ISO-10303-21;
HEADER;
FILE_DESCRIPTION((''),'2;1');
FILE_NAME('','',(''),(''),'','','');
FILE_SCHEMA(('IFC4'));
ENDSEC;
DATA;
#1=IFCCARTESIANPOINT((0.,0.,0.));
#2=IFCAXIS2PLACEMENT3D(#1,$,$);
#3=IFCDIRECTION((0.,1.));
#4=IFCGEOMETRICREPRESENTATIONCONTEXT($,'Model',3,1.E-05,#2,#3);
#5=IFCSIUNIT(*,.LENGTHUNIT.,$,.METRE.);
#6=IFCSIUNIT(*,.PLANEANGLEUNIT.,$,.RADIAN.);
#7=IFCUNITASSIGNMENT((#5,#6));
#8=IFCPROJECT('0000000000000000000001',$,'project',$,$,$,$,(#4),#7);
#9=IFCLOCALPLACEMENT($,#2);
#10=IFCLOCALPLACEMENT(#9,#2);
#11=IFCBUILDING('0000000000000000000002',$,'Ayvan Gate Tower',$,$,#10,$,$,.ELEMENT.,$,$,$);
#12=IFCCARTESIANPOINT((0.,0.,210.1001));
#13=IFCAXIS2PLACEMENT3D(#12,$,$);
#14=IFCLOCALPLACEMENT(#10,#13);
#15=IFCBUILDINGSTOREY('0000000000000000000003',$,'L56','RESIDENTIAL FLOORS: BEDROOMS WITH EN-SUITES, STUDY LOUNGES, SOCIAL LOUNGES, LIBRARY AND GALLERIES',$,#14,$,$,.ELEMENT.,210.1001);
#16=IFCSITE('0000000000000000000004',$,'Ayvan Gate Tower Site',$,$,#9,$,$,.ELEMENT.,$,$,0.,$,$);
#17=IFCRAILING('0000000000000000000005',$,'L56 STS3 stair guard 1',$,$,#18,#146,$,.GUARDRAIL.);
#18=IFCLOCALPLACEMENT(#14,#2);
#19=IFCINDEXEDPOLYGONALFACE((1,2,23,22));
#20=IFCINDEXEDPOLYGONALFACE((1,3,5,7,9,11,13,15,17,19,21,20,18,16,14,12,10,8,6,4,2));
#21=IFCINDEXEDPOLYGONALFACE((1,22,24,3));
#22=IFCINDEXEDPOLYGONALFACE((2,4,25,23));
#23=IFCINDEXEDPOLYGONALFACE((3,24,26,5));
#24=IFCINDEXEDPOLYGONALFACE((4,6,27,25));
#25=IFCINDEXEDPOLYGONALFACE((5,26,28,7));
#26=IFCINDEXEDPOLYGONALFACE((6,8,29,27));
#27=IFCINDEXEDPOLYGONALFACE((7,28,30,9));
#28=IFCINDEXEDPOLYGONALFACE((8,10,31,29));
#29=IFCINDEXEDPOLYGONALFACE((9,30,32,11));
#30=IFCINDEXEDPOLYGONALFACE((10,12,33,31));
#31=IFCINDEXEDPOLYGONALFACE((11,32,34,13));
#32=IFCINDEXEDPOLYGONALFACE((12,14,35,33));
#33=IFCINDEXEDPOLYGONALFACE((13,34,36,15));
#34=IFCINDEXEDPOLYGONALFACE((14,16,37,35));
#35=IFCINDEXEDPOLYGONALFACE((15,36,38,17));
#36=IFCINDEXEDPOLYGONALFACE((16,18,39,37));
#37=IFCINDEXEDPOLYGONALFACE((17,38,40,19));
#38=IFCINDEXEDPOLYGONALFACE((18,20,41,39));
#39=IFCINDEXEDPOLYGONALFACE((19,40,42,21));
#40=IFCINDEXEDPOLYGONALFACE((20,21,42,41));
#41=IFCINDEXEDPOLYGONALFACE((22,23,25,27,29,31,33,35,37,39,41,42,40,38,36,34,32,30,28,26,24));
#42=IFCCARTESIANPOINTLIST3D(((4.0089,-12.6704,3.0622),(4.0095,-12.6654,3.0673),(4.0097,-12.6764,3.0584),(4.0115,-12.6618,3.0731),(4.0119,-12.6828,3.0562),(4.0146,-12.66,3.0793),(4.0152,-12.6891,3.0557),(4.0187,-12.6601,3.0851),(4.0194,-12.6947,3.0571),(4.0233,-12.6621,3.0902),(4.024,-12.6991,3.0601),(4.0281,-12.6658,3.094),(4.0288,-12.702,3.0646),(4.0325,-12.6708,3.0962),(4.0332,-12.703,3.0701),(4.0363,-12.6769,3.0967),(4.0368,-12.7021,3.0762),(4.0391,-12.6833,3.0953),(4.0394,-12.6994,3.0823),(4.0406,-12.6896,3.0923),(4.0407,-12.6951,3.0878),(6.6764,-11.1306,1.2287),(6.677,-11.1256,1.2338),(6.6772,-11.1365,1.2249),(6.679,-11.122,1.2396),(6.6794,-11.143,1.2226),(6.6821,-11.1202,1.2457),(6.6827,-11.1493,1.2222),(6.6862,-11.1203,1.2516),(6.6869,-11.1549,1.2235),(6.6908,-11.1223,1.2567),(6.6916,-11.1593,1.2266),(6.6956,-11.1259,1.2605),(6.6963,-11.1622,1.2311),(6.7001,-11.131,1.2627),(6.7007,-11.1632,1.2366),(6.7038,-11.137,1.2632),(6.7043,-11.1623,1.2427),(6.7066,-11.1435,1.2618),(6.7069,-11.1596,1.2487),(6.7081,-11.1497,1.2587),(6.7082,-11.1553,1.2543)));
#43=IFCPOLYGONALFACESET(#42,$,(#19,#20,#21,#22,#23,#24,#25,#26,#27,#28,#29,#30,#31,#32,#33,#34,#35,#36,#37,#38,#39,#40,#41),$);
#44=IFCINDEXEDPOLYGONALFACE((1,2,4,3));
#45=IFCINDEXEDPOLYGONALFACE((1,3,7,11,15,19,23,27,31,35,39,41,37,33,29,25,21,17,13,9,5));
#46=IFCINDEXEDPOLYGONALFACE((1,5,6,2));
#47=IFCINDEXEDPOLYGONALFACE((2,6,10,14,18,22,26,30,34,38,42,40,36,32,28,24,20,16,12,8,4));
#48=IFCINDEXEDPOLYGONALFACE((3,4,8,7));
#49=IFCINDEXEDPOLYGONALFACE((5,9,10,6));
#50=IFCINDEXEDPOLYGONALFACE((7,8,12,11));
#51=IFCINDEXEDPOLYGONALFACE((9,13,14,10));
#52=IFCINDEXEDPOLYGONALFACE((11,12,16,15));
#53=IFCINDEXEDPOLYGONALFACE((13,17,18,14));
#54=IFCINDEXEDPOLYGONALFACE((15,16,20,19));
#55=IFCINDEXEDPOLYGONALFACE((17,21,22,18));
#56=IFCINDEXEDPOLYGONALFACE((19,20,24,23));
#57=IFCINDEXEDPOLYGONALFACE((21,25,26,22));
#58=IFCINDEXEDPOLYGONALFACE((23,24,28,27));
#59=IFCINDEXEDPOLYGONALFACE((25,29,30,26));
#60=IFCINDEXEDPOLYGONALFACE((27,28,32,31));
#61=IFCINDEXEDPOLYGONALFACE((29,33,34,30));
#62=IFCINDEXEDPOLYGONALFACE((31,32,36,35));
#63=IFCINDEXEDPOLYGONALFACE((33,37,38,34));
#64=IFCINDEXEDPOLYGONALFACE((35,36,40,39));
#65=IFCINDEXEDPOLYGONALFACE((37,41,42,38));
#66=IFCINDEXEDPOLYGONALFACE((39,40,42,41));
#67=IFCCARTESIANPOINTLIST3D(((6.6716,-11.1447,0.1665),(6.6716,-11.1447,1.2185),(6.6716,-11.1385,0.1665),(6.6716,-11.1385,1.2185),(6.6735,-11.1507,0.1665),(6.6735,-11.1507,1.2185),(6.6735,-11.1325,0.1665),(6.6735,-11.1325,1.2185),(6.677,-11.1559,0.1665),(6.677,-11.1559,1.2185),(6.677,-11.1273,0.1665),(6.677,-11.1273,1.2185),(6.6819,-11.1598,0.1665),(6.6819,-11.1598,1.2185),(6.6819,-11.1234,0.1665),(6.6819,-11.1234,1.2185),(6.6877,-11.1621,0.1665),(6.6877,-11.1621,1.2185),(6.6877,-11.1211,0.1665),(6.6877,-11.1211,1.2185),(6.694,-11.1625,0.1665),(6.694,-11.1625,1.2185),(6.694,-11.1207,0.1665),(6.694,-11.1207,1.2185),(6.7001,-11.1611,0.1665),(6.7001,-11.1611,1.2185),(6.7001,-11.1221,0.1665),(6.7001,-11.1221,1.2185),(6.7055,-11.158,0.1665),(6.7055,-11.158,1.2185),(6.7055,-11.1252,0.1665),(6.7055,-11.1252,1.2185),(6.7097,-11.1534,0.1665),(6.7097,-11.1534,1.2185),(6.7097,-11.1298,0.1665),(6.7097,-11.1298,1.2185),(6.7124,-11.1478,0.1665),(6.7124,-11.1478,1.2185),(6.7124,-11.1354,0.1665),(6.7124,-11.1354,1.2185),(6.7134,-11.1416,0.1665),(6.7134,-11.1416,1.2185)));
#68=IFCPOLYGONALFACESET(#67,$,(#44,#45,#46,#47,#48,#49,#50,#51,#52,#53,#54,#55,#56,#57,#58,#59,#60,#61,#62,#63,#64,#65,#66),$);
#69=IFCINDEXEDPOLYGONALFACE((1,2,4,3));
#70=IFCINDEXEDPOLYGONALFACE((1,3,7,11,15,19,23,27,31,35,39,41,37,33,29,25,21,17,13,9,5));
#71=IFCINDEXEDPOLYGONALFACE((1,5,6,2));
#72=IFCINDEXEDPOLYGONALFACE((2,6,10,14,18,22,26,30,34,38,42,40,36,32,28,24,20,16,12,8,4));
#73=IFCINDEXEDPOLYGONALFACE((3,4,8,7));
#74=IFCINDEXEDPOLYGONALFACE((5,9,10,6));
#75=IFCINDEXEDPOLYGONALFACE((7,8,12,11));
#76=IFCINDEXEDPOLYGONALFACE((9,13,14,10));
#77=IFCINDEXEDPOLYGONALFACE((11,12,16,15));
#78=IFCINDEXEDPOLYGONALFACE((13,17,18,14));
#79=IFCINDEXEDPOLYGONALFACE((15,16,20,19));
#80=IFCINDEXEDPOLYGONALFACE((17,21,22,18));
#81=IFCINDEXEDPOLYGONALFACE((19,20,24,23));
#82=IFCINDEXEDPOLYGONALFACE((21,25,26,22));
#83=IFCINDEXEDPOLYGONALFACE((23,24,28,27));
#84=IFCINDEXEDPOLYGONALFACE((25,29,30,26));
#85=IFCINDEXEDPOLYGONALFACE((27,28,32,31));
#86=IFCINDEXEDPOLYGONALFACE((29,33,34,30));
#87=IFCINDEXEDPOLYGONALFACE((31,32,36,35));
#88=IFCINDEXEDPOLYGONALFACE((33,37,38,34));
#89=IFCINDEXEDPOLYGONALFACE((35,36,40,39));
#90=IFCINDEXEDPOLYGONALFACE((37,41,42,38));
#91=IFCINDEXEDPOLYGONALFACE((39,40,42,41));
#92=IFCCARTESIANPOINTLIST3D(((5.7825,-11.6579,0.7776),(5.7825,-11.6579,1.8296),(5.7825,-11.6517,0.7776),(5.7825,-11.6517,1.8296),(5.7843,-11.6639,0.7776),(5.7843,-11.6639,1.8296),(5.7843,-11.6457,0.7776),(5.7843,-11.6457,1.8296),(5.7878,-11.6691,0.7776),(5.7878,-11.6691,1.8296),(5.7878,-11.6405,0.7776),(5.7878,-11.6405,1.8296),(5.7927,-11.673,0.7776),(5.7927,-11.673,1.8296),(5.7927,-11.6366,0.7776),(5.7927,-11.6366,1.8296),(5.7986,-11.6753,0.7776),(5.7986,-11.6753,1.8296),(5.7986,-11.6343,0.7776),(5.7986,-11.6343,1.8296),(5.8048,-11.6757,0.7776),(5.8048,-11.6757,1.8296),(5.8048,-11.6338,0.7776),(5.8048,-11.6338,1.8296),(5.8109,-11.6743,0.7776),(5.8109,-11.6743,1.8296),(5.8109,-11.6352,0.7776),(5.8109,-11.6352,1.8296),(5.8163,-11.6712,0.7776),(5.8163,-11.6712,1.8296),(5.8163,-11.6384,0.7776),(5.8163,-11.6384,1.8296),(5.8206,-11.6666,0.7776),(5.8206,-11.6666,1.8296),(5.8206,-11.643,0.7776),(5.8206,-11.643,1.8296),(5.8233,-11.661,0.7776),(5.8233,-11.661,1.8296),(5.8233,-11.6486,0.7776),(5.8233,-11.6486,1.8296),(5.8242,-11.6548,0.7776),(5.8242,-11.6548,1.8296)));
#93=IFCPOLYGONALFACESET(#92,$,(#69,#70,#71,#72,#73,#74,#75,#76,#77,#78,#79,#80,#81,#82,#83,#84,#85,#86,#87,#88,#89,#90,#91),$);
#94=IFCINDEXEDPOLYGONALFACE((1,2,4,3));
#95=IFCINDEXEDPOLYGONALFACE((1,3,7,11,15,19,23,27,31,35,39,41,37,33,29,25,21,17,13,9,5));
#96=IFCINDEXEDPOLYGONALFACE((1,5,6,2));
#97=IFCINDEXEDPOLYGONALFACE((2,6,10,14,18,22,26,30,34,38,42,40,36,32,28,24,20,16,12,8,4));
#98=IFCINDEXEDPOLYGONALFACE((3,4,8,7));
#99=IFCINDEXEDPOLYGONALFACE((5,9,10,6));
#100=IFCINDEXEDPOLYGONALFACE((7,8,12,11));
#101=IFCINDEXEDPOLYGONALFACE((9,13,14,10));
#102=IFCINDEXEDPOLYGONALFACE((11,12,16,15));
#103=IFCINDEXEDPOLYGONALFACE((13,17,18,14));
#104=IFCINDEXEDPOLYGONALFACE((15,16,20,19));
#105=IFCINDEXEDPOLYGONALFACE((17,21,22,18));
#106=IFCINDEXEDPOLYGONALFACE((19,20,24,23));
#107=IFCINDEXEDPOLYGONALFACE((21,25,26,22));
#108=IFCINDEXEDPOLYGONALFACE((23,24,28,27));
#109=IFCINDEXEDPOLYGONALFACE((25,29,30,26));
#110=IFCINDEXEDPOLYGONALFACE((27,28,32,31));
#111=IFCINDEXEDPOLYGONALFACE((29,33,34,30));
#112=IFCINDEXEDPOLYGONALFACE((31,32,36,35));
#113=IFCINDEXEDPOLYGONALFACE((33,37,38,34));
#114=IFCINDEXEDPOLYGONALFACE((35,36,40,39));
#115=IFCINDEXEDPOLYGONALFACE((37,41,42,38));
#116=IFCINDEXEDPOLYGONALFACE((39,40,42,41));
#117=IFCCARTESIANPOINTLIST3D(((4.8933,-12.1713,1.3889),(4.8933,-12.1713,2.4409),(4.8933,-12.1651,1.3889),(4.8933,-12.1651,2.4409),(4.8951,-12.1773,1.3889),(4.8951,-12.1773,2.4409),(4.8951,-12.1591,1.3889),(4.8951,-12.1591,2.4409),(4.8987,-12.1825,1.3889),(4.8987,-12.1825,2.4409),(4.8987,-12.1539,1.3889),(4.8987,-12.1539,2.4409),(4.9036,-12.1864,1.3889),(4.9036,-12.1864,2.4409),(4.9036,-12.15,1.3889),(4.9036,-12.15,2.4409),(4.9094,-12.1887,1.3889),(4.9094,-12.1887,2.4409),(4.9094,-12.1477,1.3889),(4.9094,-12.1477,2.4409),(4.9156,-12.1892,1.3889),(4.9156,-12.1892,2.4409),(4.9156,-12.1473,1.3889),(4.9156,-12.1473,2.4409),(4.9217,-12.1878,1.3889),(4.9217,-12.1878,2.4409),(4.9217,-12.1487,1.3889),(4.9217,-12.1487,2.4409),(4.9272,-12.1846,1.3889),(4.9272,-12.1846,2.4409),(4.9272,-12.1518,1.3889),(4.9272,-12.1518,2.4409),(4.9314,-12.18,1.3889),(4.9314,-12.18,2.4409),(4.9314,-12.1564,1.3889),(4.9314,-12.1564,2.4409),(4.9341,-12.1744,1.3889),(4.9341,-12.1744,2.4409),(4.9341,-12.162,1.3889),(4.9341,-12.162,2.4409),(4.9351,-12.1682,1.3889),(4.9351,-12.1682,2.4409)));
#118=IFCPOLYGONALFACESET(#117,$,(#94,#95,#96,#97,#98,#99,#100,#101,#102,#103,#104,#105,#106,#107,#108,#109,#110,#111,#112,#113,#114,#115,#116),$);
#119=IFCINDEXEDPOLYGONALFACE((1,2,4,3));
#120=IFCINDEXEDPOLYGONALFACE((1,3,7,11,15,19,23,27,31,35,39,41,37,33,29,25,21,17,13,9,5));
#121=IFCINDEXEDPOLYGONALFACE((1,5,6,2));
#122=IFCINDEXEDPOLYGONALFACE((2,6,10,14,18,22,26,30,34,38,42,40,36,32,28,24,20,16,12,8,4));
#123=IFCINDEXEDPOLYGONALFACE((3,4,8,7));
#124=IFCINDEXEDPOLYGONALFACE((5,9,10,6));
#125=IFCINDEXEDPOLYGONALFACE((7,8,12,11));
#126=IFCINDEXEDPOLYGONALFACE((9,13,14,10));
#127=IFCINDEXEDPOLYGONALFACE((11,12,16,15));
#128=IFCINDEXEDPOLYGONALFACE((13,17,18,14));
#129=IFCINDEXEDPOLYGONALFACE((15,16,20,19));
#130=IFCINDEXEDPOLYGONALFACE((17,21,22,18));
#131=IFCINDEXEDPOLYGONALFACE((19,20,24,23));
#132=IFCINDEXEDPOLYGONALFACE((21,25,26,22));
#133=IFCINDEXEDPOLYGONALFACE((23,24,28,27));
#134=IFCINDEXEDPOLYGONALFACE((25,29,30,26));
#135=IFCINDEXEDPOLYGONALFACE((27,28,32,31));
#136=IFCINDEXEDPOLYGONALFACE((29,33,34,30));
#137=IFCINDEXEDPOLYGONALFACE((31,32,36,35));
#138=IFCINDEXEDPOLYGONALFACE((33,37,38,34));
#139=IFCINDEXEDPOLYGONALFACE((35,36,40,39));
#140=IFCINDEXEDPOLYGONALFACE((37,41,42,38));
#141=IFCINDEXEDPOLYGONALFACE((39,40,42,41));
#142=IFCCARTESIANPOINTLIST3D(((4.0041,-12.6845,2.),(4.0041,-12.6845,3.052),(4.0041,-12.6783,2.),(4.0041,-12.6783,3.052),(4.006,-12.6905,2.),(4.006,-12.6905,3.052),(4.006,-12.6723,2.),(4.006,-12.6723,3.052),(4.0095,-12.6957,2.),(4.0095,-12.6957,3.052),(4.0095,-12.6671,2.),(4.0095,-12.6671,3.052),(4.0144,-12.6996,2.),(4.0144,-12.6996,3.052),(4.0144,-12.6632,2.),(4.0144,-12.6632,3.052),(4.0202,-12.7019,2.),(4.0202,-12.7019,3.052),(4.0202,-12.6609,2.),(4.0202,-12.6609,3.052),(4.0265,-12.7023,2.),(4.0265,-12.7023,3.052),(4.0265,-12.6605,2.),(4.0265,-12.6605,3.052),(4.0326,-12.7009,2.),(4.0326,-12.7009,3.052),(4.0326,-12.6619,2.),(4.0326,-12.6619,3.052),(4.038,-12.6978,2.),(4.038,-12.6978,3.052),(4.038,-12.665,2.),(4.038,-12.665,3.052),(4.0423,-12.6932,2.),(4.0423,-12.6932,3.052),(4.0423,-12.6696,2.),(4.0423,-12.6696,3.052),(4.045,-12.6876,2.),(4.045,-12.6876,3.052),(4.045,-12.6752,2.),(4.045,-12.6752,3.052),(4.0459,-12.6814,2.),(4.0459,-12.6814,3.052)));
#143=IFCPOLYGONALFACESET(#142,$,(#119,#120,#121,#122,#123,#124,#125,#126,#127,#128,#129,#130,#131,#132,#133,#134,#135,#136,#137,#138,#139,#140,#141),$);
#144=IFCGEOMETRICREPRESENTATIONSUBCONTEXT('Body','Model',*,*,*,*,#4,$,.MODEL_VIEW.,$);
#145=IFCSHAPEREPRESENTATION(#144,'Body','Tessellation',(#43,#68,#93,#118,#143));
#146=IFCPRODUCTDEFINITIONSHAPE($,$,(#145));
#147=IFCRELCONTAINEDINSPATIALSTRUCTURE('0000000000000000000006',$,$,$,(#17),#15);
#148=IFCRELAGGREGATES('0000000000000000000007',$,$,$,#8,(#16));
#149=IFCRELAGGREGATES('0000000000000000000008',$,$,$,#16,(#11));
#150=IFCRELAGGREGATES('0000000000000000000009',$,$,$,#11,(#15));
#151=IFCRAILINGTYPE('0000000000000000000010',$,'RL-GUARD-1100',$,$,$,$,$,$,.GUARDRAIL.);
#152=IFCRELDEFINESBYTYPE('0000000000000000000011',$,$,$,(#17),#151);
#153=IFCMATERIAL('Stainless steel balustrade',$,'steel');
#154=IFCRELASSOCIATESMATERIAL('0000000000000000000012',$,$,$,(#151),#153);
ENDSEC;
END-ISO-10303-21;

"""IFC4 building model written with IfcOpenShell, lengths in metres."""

from ifc_helpers import new_model, si_unit, direction, frame, origin, origin_2d, place, context, subcontext, project, spatial, circle, extrude, material, type_object, element, save


model = new_model("IFC4")

# Units and contexts
model_context = context("Model", 3, precision=1e-05, world=origin(), true_north=direction((0.0, 1.0)))
body_context = subcontext(model_context, "Body", "Model", "MODEL_VIEW")
ifc_project = project(units=[si_unit("LENGTHUNIT", "METRE"), si_unit("PLANEANGLEUNIT", "RADIAN")], contexts=[model_context])

# Site, building, storey
site_placement = place(None, origin())
site = spatial("IfcSite", under=ifc_project, at=site_placement, Name="Ayvan Gate Tower Site", CompositionType="ELEMENT", RefElevation=0.0)
building_placement = place(site_placement, origin())
building = spatial("IfcBuilding", under=site, at=building_placement, Name="Ayvan Gate Tower", CompositionType="ELEMENT")
storey_placement = place(building_placement, frame((0.0, 0.0, 210.1001)))
storey = spatial("IfcBuildingStorey", under=building, at=storey_placement, Name="L56", Description="RESIDENTIAL FLOORS: BEDROOMS WITH EN-SUITES, STUDY LOUNGES, SOCIAL LOUNGES, LIBRARY AND GALLERIES", CompositionType="ELEMENT", Elevation=210.1001)

# Railing
ifc_material_1 = material(Name="Stainless steel balustrade", Category="steel")
railing_type_1 = type_object("IfcRailingType", Name="RL-GUARD-1100", PredefinedType="GUARDRAIL", material=ifc_material_1)
railing_1_placement = place(storey_placement, frame((6.6924, -11.1416, 0.1665)))
element("IfcRailing", 1, at=railing_1_placement, inside=storey, type_object=railing_type_1, Name="L56 STS3 stair guard 1", PredefinedType="GUARDRAIL", context=body_context, shape_type="SweptSolid", body=[
    extrude(circle(Radius=0.0239, at=origin_2d()), frame((0.0, 0.0, 1.0762), z_axis=(-0.744186, -0.429579, 0.511517), x_axis=(0.499933, -0.866064, 0.0)), (0.0, 0.0, 1.0), 3.5845),
    extrude(circle(Radius=0.021, at=origin_2d()), origin(), (0.0, 0.0, 1.0), 1.052),
    extrude(circle(Radius=0.021, at=origin_2d()), frame((-0.8892, -0.5132, 0.6111)), (0.0, 0.0, 1.0), 1.052),
    extrude(circle(Radius=0.021, at=origin_2d()), frame((-1.7783, -1.0266, 1.2224)), (0.0, 0.0, 1.0), 1.052),
    extrude(circle(Radius=0.021, at=origin_2d()), frame((-2.6675, -1.5398, 1.8335)), (0.0, 0.0, 1.0), 1.052),
])

save(model, "model.ifc")
